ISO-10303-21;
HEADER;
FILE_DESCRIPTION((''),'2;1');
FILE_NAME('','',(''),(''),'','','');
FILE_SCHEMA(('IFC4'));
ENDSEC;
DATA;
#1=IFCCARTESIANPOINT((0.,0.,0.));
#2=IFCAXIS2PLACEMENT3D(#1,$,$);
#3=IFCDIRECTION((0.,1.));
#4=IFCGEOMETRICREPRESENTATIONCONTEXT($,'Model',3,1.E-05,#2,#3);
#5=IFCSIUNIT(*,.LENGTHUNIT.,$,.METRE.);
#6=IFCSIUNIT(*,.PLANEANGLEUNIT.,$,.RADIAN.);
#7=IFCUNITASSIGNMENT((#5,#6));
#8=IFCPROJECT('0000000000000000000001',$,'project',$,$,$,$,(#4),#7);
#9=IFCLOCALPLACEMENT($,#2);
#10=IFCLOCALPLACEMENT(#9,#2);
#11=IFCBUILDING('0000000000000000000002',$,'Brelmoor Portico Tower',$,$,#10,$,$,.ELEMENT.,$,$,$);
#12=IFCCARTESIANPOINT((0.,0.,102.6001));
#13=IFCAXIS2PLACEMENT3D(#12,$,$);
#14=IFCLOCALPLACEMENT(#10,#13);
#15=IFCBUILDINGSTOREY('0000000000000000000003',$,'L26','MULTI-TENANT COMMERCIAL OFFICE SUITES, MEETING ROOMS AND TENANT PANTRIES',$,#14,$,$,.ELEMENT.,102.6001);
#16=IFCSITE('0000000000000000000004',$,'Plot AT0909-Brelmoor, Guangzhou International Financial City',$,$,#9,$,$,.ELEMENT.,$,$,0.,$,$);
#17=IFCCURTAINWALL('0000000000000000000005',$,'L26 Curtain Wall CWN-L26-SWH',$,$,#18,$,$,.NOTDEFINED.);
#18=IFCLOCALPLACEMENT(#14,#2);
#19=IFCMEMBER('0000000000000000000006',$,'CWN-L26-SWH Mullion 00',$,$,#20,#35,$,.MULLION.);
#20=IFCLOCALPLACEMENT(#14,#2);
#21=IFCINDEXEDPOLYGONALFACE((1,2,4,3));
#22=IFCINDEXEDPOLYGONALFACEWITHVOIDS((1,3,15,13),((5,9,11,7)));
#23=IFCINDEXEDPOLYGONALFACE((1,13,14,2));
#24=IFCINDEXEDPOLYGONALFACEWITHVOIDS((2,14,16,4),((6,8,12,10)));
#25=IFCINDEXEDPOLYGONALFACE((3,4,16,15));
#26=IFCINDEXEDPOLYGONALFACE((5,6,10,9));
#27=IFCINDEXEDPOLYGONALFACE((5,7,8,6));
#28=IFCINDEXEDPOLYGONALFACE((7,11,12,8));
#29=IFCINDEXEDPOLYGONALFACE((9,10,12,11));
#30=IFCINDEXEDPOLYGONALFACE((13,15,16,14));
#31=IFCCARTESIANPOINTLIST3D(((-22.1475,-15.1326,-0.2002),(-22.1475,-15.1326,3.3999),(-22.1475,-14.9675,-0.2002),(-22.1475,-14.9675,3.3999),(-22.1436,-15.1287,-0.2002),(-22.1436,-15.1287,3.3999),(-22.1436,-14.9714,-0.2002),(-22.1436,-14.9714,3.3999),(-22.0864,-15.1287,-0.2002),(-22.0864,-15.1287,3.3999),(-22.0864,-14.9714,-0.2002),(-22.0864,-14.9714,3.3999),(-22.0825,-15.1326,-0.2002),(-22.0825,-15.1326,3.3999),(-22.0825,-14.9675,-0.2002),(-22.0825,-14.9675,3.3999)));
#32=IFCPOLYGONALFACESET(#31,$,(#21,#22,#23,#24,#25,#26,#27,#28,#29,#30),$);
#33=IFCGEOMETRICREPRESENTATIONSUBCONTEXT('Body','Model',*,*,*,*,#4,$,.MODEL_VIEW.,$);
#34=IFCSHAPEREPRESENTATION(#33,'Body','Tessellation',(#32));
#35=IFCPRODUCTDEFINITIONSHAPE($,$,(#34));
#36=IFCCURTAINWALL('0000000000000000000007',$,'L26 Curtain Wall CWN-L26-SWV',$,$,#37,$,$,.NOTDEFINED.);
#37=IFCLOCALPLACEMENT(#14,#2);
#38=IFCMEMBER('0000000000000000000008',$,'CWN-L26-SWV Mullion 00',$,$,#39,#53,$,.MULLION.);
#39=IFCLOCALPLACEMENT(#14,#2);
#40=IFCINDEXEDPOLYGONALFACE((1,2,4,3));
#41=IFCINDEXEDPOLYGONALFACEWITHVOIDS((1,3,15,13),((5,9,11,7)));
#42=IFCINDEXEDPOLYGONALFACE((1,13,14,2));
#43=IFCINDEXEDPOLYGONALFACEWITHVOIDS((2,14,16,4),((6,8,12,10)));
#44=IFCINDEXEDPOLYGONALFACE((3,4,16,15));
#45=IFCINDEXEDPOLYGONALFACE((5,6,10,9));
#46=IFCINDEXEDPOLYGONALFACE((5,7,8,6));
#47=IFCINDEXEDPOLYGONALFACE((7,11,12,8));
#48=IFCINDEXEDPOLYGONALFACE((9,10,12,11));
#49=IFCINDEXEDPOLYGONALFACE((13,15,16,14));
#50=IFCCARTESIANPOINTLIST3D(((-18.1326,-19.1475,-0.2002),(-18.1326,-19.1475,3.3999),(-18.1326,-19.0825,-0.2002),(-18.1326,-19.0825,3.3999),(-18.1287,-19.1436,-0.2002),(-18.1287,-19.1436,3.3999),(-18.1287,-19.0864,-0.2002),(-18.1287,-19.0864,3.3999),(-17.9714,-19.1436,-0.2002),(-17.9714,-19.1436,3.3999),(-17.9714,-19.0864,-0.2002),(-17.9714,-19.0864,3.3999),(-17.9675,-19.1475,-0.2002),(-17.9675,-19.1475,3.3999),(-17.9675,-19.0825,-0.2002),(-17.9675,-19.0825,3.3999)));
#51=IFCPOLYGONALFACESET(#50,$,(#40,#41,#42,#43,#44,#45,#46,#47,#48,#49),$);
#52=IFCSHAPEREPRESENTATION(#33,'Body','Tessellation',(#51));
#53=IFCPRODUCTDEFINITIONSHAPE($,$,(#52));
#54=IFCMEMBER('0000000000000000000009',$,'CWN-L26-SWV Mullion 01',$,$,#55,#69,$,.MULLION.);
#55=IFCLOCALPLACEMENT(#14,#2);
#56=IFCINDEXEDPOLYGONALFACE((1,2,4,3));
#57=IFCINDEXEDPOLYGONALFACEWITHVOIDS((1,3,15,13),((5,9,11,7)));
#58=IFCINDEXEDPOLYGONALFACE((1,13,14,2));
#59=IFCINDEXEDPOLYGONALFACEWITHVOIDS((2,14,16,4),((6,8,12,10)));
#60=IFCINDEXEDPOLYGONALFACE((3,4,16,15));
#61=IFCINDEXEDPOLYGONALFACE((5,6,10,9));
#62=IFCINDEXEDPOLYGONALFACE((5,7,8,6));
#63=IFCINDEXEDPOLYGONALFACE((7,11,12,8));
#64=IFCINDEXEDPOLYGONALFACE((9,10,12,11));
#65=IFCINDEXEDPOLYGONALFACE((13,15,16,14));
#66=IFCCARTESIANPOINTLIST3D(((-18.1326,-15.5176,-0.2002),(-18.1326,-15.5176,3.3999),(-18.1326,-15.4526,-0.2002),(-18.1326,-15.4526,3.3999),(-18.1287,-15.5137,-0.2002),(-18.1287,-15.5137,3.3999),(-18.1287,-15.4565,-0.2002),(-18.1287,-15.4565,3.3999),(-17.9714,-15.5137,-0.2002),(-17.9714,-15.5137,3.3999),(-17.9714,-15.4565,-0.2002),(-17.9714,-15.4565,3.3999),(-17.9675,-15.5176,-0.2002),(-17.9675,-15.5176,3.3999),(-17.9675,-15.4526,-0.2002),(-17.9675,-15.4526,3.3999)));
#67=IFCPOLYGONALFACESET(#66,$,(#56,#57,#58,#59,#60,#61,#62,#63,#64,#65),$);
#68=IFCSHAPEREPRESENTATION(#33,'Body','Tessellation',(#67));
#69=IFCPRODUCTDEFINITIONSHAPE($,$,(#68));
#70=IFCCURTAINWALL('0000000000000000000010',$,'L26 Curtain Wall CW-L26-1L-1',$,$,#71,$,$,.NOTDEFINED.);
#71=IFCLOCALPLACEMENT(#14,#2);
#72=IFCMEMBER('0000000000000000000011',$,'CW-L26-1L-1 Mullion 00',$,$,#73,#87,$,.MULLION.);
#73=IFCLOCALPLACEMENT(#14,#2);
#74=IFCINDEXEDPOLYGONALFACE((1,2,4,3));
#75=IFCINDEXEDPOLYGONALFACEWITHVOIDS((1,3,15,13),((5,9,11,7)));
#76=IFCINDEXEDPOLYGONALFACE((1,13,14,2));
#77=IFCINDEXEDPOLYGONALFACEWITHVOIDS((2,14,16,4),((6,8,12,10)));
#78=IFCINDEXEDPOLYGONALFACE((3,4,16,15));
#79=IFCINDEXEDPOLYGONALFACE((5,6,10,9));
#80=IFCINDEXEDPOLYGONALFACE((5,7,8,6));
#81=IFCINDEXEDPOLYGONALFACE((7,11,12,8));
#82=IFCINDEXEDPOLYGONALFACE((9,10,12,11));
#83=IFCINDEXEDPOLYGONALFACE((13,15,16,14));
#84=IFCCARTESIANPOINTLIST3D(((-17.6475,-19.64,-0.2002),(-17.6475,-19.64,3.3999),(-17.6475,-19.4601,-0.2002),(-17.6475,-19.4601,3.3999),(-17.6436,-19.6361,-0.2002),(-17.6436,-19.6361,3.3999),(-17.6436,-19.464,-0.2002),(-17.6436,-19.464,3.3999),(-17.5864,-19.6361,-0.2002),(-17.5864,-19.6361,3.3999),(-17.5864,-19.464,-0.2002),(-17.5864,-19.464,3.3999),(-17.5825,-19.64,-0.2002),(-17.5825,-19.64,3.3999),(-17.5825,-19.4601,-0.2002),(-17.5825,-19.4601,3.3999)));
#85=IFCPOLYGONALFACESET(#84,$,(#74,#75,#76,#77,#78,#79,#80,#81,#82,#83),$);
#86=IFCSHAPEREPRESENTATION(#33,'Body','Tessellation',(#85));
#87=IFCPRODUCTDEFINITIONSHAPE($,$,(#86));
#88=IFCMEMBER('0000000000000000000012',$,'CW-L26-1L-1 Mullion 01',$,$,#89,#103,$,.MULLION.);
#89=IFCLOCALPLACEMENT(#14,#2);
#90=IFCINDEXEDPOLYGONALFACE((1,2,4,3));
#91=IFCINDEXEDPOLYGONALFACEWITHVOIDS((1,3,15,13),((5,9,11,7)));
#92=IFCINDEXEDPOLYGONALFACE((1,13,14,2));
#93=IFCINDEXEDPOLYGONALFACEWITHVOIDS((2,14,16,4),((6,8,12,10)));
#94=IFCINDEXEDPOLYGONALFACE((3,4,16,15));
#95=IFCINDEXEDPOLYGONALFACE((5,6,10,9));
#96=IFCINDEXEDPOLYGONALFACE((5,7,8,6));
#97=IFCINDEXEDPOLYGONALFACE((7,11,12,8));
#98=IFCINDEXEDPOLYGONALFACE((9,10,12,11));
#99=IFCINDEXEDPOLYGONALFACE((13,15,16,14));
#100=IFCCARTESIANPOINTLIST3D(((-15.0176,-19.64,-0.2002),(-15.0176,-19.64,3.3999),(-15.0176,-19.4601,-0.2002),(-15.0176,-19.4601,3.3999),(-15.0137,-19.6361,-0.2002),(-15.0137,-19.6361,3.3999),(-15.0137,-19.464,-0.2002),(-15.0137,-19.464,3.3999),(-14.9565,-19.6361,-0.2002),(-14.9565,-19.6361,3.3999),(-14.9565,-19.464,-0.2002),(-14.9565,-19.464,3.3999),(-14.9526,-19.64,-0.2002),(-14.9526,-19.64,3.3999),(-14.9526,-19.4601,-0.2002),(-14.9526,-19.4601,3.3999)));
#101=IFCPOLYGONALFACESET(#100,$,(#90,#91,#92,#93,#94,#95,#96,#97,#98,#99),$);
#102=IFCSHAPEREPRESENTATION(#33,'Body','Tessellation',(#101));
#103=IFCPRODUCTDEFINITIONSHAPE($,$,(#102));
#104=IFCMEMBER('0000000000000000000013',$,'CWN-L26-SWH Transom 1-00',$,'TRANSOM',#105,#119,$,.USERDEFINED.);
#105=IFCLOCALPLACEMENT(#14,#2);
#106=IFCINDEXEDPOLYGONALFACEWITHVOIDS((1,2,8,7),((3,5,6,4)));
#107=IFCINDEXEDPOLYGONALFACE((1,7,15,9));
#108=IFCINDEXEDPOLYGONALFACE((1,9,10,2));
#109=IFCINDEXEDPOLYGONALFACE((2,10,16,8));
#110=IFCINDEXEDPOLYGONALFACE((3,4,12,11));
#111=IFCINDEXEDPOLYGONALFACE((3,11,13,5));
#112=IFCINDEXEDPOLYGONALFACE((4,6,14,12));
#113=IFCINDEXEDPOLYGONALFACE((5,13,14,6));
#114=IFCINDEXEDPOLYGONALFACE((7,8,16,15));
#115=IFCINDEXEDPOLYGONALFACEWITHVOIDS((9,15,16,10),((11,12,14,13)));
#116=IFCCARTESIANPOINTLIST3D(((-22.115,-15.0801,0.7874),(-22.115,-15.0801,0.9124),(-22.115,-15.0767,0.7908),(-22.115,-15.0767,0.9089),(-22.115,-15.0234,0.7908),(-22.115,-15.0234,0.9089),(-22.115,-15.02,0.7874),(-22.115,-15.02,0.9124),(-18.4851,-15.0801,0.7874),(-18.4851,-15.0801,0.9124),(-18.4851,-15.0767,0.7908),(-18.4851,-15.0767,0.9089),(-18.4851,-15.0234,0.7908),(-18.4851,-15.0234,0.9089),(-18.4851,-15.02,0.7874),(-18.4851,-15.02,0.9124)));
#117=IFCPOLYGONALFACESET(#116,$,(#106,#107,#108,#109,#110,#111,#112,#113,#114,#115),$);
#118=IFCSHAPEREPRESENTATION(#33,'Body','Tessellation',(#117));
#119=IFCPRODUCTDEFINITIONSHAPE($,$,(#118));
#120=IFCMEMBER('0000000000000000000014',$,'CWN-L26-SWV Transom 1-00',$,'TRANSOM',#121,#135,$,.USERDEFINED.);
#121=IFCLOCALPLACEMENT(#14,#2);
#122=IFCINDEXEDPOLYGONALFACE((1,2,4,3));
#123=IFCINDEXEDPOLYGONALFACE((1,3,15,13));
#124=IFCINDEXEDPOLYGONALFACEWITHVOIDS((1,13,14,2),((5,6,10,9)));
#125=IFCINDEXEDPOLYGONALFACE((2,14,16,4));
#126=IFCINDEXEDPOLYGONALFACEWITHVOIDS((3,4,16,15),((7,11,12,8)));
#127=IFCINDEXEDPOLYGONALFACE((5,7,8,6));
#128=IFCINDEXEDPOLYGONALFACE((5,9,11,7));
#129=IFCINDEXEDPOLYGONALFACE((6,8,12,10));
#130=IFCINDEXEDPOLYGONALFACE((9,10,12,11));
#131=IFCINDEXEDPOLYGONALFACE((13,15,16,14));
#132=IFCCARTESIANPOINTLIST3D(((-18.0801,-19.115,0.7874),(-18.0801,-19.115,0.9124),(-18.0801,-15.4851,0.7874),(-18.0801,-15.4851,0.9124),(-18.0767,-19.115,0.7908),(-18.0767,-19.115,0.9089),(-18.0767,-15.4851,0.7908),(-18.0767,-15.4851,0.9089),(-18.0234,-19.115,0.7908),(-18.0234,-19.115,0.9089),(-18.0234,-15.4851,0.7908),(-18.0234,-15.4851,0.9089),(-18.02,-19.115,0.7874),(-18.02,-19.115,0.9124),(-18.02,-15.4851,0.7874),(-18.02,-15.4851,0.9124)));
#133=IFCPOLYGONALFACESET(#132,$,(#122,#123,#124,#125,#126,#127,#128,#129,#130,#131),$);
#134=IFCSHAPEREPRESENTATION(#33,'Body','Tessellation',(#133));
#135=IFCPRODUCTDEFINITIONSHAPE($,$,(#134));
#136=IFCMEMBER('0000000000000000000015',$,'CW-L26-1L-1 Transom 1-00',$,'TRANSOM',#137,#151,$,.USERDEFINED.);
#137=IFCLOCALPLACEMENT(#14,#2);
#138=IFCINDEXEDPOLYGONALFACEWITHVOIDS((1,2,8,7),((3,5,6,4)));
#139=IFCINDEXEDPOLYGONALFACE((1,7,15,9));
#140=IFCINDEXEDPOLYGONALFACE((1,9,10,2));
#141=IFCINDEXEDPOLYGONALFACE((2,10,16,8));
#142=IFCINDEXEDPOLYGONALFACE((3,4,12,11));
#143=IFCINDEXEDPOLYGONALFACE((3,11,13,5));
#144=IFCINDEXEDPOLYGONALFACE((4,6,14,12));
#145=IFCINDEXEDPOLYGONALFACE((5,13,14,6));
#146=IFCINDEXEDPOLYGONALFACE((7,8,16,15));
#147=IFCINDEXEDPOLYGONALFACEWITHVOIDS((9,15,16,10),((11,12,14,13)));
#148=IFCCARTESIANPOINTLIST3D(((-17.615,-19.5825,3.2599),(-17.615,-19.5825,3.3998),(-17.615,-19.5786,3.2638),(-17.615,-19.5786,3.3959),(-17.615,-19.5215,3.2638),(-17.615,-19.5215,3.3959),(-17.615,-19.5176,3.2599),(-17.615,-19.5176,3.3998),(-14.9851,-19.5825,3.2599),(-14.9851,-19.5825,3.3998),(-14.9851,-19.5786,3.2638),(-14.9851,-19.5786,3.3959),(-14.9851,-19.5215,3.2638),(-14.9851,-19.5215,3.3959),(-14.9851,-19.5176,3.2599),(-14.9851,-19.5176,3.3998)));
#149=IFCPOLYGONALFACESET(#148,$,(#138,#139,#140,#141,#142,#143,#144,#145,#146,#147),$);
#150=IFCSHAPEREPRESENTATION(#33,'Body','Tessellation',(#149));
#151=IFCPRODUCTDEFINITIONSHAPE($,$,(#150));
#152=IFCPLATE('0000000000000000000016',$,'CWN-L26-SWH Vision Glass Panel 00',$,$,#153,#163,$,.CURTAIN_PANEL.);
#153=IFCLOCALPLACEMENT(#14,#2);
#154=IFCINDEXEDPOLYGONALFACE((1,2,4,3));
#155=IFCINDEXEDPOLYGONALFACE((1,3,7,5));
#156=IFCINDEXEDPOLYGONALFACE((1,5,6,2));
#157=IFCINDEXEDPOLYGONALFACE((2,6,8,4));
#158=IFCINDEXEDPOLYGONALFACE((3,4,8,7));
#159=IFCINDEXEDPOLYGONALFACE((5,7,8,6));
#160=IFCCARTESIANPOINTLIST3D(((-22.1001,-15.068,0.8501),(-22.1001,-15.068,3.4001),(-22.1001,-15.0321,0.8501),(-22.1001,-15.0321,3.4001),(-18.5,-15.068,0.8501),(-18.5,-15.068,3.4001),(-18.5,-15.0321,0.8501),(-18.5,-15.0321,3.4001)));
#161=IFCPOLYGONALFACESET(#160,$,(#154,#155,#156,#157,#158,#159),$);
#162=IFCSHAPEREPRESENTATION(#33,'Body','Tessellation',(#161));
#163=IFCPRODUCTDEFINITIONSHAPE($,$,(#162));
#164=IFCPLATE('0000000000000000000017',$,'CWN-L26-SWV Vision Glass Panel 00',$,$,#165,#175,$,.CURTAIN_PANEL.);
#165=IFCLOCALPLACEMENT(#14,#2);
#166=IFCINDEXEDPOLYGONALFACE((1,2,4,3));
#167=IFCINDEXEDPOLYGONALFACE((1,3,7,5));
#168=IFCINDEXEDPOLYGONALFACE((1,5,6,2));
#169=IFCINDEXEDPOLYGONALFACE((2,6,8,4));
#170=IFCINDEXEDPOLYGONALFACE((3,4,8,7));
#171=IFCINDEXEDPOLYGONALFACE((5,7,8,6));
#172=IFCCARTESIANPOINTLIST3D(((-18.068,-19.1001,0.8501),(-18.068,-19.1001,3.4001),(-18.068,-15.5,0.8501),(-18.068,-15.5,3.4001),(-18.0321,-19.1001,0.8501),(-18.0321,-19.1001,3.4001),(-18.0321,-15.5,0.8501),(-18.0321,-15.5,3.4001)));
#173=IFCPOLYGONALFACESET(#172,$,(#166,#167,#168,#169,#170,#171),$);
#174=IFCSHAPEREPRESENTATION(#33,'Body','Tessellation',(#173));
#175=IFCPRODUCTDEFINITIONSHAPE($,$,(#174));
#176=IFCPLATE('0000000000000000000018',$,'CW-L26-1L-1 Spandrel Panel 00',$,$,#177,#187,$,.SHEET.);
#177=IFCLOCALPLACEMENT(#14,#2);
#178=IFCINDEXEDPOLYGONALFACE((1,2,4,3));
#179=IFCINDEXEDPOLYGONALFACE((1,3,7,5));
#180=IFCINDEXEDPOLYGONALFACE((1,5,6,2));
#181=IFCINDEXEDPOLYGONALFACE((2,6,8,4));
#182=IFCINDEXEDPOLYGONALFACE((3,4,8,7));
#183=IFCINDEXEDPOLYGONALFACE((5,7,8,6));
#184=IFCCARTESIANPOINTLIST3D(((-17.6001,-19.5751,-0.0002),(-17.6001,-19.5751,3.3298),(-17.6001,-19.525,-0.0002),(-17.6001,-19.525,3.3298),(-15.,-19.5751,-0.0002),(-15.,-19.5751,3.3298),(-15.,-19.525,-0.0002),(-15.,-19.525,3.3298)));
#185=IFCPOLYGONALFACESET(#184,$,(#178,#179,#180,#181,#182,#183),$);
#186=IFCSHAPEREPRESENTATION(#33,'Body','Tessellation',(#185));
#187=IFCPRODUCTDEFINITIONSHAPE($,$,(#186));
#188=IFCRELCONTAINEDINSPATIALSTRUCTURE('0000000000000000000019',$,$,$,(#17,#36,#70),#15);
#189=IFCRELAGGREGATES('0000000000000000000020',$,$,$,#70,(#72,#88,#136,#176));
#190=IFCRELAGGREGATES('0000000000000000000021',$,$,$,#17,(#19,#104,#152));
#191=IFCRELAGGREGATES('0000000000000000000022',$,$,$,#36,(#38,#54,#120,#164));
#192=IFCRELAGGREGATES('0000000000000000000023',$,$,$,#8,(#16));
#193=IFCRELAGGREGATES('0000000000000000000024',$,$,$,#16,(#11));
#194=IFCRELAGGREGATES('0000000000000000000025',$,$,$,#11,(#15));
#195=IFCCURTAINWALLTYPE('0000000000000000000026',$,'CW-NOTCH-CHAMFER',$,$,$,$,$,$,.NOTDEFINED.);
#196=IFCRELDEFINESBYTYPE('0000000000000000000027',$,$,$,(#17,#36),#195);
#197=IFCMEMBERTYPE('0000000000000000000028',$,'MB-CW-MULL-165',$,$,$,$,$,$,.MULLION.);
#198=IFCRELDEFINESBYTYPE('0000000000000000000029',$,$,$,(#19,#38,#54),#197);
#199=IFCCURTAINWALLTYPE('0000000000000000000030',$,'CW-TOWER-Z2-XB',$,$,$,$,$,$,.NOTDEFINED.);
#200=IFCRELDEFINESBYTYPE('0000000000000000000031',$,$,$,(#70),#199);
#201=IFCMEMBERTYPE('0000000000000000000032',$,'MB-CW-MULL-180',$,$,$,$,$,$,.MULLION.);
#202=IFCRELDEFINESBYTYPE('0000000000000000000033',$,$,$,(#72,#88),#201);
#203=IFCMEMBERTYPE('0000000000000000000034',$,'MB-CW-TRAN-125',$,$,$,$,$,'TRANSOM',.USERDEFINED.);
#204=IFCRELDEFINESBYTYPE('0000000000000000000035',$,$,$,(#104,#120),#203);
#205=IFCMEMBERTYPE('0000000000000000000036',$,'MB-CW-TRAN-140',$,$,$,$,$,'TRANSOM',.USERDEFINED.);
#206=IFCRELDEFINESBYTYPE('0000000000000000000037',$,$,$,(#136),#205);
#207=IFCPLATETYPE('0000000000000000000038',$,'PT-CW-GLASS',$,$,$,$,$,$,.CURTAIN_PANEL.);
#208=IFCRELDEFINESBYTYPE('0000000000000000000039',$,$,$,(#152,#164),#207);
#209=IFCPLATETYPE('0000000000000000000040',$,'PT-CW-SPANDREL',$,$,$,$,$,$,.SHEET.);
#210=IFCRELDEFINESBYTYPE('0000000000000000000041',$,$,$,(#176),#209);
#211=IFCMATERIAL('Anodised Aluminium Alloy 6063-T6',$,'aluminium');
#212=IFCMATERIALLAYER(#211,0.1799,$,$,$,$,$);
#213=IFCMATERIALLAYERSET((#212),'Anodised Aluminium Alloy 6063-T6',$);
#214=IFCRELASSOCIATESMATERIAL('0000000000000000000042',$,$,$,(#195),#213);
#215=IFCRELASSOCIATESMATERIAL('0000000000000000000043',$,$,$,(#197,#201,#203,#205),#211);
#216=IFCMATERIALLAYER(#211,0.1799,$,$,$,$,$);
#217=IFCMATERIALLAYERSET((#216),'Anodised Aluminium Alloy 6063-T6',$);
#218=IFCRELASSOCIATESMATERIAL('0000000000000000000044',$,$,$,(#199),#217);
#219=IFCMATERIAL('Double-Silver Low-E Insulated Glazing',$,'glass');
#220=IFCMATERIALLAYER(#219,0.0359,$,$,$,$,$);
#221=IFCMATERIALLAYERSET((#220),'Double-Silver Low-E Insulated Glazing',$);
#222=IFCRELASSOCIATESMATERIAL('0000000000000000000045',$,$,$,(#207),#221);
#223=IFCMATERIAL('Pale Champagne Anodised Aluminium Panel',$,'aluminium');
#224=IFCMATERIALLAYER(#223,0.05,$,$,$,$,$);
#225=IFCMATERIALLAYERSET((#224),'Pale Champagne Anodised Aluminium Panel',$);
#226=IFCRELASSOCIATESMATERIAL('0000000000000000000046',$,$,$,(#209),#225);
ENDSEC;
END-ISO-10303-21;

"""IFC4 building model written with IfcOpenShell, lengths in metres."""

from ifc_helpers import new_model, si_unit, direction, frame, origin, origin_2d, place, context, subcontext, project, spatial, rectangle, hollow_rectangle, extrude, material, layer, layer_set, material_profile, profile_set, type_object, element, aggregate, save


model = new_model("IFC4")

# Units and contexts
model_context = context("Model", 3, precision=1e-05, world=origin(), true_north=direction((0.0, 1.0)))
body_context = subcontext(model_context, "Body", "Model", "MODEL_VIEW")
ifc_project = project(units=[si_unit("LENGTHUNIT", "METRE"), si_unit("PLANEANGLEUNIT", "RADIAN")], contexts=[model_context])

# Site, building, storey
site_placement = place(None, origin())
site = spatial("IfcSite", under=ifc_project, at=site_placement, Name="Plot AT0909-Brelmoor, Guangzhou International Financial City", CompositionType="ELEMENT", RefElevation=0.0)
building_placement = place(site_placement, origin())
building = spatial("IfcBuilding", under=site, at=building_placement, Name="Brelmoor Portico Tower", CompositionType="ELEMENT")
storey_placement = place(building_placement, frame((0.0, 0.0, 102.6001)))
storey = spatial("IfcBuildingStorey", under=building, at=storey_placement, Name="L26", Description="MULTI-TENANT COMMERCIAL OFFICE SUITES, MEETING ROOMS AND TENANT PANTRIES", CompositionType="ELEMENT", Elevation=102.6001)

# Curtain wall, member
ifc_material_1 = material(Name="Anodised Aluminium Alloy 6063-T6", Category="aluminium")
ifc_layer_1 = layer(ifc_material_1, 0.1799)
ifc_layer_set_1 = layer_set([ifc_layer_1], Name="Anodised Aluminium Alloy 6063-T6")
curtain_wall_type_1 = type_object("IfcCurtainWallType", Name="CW-NOTCH-CHAMFER", PredefinedType="NOTDEFINED", material=ifc_layer_set_1)
curtain_wall_1_placement = place(storey_placement, origin())
curtain_wall_1 = element("IfcCurtainWall", 1, at=curtain_wall_1_placement, inside=storey, type_object=curtain_wall_type_1, Name="L26 Curtain Wall CWN-L26-SWH", PredefinedType="NOTDEFINED")
ifc_material_profile_1 = material_profile(ifc_material_1, hollow_rectangle(XDim=0.0649, YDim=0.165, WallThickness=0.0039, at=origin_2d()), Name="ALU MULLION 65x165")
ifc_profile_set_1 = profile_set([ifc_material_profile_1], Name="Anodised Aluminium Alloy 6063-T6")
member_type_1 = type_object("IfcMemberType", Name="MB-CW-MULL-165", PredefinedType="MULLION", material=ifc_profile_set_1)
member_1_placement = place(storey_placement, frame((-22.115, -15.05, -0.2002), z_axis=(0.0, 0.0, 1.0), x_axis=(1.0, 0.0, 0.0)))
member_1 = element("IfcMember", 2, at=member_1_placement, type_object=member_type_1, Name="CWN-L26-SWH Mullion 00", PredefinedType="MULLION", context=body_context, shape_type="SweptSolid", body=[
    extrude(hollow_rectangle(XDim=0.0649, YDim=0.165, WallThickness=0.0039, at=origin_2d()), origin(), (0.0, 0.0, 1.0), 3.6001),
])

# Curtain walls, members
curtain_wall_2_placement = place(storey_placement, origin())
curtain_wall_2 = element("IfcCurtainWall", 3, at=curtain_wall_2_placement, inside=storey, type_object=curtain_wall_type_1, Name="L26 Curtain Wall CWN-L26-SWV", PredefinedType="NOTDEFINED")
member_2_placement = place(storey_placement, frame((-18.05, -19.115, -0.2002), z_axis=(0.0, 0.0, 1.0), x_axis=(0.0, 1.0, 0.0)))
member_2 = element("IfcMember", 4, at=member_2_placement, type_object=member_type_1, Name="CWN-L26-SWV Mullion 00", PredefinedType="MULLION", context=body_context, shape_type="SweptSolid", body=[
    extrude(hollow_rectangle(XDim=0.0649, YDim=0.165, WallThickness=0.0039, at=origin_2d()), origin(), (0.0, 0.0, 1.0), 3.6001),
])
member_3_placement = place(storey_placement, frame((-18.05, -15.4851, -0.2002), z_axis=(0.0, 0.0, 1.0), x_axis=(0.0, 1.0, 0.0)))
member_3 = element("IfcMember", 5, at=member_3_placement, type_object=member_type_1, Name="CWN-L26-SWV Mullion 01", PredefinedType="MULLION", context=body_context, shape_type="SweptSolid", body=[
    extrude(hollow_rectangle(XDim=0.0649, YDim=0.165, WallThickness=0.0039, at=origin_2d()), origin(), (0.0, 0.0, 1.0), 3.6001),
])
ifc_layer_2 = layer(ifc_material_1, 0.1799)
ifc_layer_set_2 = layer_set([ifc_layer_2], Name="Anodised Aluminium Alloy 6063-T6")
curtain_wall_type_2 = type_object("IfcCurtainWallType", Name="CW-TOWER-Z2-XB", PredefinedType="NOTDEFINED", material=ifc_layer_set_2)
curtain_wall_3_placement = place(storey_placement, origin())
curtain_wall_3 = element("IfcCurtainWall", 6, at=curtain_wall_3_placement, inside=storey, type_object=curtain_wall_type_2, Name="L26 Curtain Wall CW-L26-1L-1", PredefinedType="NOTDEFINED")
ifc_material_profile_2 = material_profile(ifc_material_1, hollow_rectangle(XDim=0.0649, YDim=0.1799, WallThickness=0.0039, at=origin_2d()), Name="ALU MULLION 65x180")
ifc_profile_set_2 = profile_set([ifc_material_profile_2], Name="Anodised Aluminium Alloy 6063-T6")
member_type_2 = type_object("IfcMemberType", Name="MB-CW-MULL-180", PredefinedType="MULLION", material=ifc_profile_set_2)
member_4_placement = place(storey_placement, frame((-17.615, -19.55, -0.2002), z_axis=(0.0, 0.0, 1.0), x_axis=(1.0, 0.0, 0.0)))
member_4 = element("IfcMember", 7, at=member_4_placement, type_object=member_type_2, Name="CW-L26-1L-1 Mullion 00", PredefinedType="MULLION", context=body_context, shape_type="SweptSolid", body=[
    extrude(hollow_rectangle(XDim=0.0649, YDim=0.1799, WallThickness=0.0039, at=origin_2d()), origin(), (0.0, 0.0, 1.0), 3.6001),
])
member_5_placement = place(storey_placement, frame((-14.9851, -19.55, -0.2002), z_axis=(0.0, 0.0, 1.0), x_axis=(1.0, 0.0, 0.0)))
member_5 = element("IfcMember", 8, at=member_5_placement, type_object=member_type_2, Name="CW-L26-1L-1 Mullion 01", PredefinedType="MULLION", context=body_context, shape_type="SweptSolid", body=[
    extrude(hollow_rectangle(XDim=0.0649, YDim=0.1799, WallThickness=0.0039, at=origin_2d()), origin(), (0.0, 0.0, 1.0), 3.6001),
])

# Members
ifc_material_profile_3 = material_profile(ifc_material_1, hollow_rectangle(XDim=0.0601, YDim=0.125, WallThickness=0.0034, at=origin_2d()), Name="ALU TRANSOM 60x125")
ifc_profile_set_3 = profile_set([ifc_material_profile_3], Name="Anodised Aluminium Alloy 6063-T6")
member_type_3 = type_object("IfcMemberType", Name="MB-CW-TRAN-125", ElementType="TRANSOM", PredefinedType="USERDEFINED", material=ifc_profile_set_3)
member_6_placement = place(storey_placement, frame((-22.115, -15.05, 0.8499), z_axis=(1.0, 0.0, 0.0), x_axis=(0.0, 1.0, 0.0)))
member_6 = element("IfcMember", 9, at=member_6_placement, type_object=member_type_3, Name="CWN-L26-SWH Transom 1-00", ObjectType="TRANSOM", PredefinedType="USERDEFINED", context=body_context, shape_type="SweptSolid", body=[
    extrude(hollow_rectangle(XDim=0.0601, YDim=0.125, WallThickness=0.0034, at=origin_2d()), origin(), (0.0, 0.0, 1.0), 3.6299),
])
member_7_placement = place(storey_placement, frame((-18.05, -19.115, 0.8499), z_axis=(0.0, 1.0, 0.0), x_axis=(-1.0, 0.0, 0.0)))
member_7 = element("IfcMember", 10, at=member_7_placement, type_object=member_type_3, Name="CWN-L26-SWV Transom 1-00", ObjectType="TRANSOM", PredefinedType="USERDEFINED", context=body_context, shape_type="SweptSolid", body=[
    extrude(hollow_rectangle(XDim=0.0601, YDim=0.125, WallThickness=0.0034, at=origin_2d()), origin(), (0.0, 0.0, 1.0), 3.6299),
])
ifc_material_profile_4 = material_profile(ifc_material_1, hollow_rectangle(XDim=0.0649, YDim=0.1399, WallThickness=0.0039, at=origin_2d()), Name="ALU TRANSOM 65x140")
ifc_profile_set_4 = profile_set([ifc_material_profile_4], Name="Anodised Aluminium Alloy 6063-T6")
member_type_4 = type_object("IfcMemberType", Name="MB-CW-TRAN-140", ElementType="TRANSOM", PredefinedType="USERDEFINED", material=ifc_profile_set_4)
member_8_placement = place(storey_placement, frame((-17.615, -19.55, 3.3298), z_axis=(1.0, 0.0, 0.0), x_axis=(0.0, 1.0, 0.0)))
member_8 = element("IfcMember", 11, at=member_8_placement, type_object=member_type_4, Name="CW-L26-1L-1 Transom 1-00", ObjectType="TRANSOM", PredefinedType="USERDEFINED", context=body_context, shape_type="SweptSolid", body=[
    extrude(hollow_rectangle(XDim=0.0649, YDim=0.1399, WallThickness=0.0039, at=origin_2d()), origin(), (0.0, 0.0, 1.0), 2.6299),
])

# Plates
ifc_material_2 = material(Name="Double-Silver Low-E Insulated Glazing", Category="glass")
ifc_layer_3 = layer(ifc_material_2, 0.0359)
ifc_layer_set_3 = layer_set([ifc_layer_3], Name="Double-Silver Low-E Insulated Glazing")
plate_type_1 = type_object("IfcPlateType", Name="PT-CW-GLASS", PredefinedType="CURTAIN_PANEL", material=ifc_layer_set_3)
plate_1_placement = place(storey_placement, frame((-20.3, -15.05, 0.8501), z_axis=(0.0, 0.0, 1.0), x_axis=(1.0, 0.0, 0.0)))
plate_1 = element("IfcPlate", 12, at=plate_1_placement, type_object=plate_type_1, Name="CWN-L26-SWH Vision Glass Panel 00", PredefinedType="CURTAIN_PANEL", context=body_context, shape_type="SweptSolid", body=[
    extrude(rectangle(XDim=3.6001, YDim=0.0359, at=origin_2d()), origin(), (0.0, 0.0, 1.0), 2.55),
])
plate_2_placement = place(storey_placement, frame((-18.05, -17.3, 0.8501), z_axis=(0.0, 0.0, 1.0), x_axis=(0.0, 1.0, 0.0)))
plate_2 = element("IfcPlate", 13, at=plate_2_placement, type_object=plate_type_1, Name="CWN-L26-SWV Vision Glass Panel 00", PredefinedType="CURTAIN_PANEL", context=body_context, shape_type="SweptSolid", body=[
    extrude(rectangle(XDim=3.6001, YDim=0.0359, at=origin_2d()), origin(), (0.0, 0.0, 1.0), 2.55),
])
ifc_material_3 = material(Name="Pale Champagne Anodised Aluminium Panel", Category="aluminium")
ifc_layer_4 = layer(ifc_material_3, 0.05)
ifc_layer_set_4 = layer_set([ifc_layer_4], Name="Pale Champagne Anodised Aluminium Panel")
plate_type_2 = type_object("IfcPlateType", Name="PT-CW-SPANDREL", PredefinedType="SHEET", material=ifc_layer_set_4)
plate_3_placement = place(storey_placement, frame((-16.3, -19.55, -0.0002), z_axis=(0.0, 0.0, 1.0), x_axis=(1.0, 0.0, 0.0)))
plate_3 = element("IfcPlate", 14, at=plate_3_placement, type_object=plate_type_2, Name="CW-L26-1L-1 Spandrel Panel 00", PredefinedType="SHEET", context=body_context, shape_type="SweptSolid", body=[
    extrude(rectangle(XDim=2.6001, YDim=0.05, at=origin_2d()), origin(), (0.0, 0.0, 1.0), 3.3301),
])
aggregate(curtain_wall_3, [member_4, member_5, member_8, plate_3])
aggregate(curtain_wall_1, [member_1, member_6, plate_1])
aggregate(curtain_wall_2, [member_2, member_3, member_7, plate_2])

save(model, "model.ifc")
